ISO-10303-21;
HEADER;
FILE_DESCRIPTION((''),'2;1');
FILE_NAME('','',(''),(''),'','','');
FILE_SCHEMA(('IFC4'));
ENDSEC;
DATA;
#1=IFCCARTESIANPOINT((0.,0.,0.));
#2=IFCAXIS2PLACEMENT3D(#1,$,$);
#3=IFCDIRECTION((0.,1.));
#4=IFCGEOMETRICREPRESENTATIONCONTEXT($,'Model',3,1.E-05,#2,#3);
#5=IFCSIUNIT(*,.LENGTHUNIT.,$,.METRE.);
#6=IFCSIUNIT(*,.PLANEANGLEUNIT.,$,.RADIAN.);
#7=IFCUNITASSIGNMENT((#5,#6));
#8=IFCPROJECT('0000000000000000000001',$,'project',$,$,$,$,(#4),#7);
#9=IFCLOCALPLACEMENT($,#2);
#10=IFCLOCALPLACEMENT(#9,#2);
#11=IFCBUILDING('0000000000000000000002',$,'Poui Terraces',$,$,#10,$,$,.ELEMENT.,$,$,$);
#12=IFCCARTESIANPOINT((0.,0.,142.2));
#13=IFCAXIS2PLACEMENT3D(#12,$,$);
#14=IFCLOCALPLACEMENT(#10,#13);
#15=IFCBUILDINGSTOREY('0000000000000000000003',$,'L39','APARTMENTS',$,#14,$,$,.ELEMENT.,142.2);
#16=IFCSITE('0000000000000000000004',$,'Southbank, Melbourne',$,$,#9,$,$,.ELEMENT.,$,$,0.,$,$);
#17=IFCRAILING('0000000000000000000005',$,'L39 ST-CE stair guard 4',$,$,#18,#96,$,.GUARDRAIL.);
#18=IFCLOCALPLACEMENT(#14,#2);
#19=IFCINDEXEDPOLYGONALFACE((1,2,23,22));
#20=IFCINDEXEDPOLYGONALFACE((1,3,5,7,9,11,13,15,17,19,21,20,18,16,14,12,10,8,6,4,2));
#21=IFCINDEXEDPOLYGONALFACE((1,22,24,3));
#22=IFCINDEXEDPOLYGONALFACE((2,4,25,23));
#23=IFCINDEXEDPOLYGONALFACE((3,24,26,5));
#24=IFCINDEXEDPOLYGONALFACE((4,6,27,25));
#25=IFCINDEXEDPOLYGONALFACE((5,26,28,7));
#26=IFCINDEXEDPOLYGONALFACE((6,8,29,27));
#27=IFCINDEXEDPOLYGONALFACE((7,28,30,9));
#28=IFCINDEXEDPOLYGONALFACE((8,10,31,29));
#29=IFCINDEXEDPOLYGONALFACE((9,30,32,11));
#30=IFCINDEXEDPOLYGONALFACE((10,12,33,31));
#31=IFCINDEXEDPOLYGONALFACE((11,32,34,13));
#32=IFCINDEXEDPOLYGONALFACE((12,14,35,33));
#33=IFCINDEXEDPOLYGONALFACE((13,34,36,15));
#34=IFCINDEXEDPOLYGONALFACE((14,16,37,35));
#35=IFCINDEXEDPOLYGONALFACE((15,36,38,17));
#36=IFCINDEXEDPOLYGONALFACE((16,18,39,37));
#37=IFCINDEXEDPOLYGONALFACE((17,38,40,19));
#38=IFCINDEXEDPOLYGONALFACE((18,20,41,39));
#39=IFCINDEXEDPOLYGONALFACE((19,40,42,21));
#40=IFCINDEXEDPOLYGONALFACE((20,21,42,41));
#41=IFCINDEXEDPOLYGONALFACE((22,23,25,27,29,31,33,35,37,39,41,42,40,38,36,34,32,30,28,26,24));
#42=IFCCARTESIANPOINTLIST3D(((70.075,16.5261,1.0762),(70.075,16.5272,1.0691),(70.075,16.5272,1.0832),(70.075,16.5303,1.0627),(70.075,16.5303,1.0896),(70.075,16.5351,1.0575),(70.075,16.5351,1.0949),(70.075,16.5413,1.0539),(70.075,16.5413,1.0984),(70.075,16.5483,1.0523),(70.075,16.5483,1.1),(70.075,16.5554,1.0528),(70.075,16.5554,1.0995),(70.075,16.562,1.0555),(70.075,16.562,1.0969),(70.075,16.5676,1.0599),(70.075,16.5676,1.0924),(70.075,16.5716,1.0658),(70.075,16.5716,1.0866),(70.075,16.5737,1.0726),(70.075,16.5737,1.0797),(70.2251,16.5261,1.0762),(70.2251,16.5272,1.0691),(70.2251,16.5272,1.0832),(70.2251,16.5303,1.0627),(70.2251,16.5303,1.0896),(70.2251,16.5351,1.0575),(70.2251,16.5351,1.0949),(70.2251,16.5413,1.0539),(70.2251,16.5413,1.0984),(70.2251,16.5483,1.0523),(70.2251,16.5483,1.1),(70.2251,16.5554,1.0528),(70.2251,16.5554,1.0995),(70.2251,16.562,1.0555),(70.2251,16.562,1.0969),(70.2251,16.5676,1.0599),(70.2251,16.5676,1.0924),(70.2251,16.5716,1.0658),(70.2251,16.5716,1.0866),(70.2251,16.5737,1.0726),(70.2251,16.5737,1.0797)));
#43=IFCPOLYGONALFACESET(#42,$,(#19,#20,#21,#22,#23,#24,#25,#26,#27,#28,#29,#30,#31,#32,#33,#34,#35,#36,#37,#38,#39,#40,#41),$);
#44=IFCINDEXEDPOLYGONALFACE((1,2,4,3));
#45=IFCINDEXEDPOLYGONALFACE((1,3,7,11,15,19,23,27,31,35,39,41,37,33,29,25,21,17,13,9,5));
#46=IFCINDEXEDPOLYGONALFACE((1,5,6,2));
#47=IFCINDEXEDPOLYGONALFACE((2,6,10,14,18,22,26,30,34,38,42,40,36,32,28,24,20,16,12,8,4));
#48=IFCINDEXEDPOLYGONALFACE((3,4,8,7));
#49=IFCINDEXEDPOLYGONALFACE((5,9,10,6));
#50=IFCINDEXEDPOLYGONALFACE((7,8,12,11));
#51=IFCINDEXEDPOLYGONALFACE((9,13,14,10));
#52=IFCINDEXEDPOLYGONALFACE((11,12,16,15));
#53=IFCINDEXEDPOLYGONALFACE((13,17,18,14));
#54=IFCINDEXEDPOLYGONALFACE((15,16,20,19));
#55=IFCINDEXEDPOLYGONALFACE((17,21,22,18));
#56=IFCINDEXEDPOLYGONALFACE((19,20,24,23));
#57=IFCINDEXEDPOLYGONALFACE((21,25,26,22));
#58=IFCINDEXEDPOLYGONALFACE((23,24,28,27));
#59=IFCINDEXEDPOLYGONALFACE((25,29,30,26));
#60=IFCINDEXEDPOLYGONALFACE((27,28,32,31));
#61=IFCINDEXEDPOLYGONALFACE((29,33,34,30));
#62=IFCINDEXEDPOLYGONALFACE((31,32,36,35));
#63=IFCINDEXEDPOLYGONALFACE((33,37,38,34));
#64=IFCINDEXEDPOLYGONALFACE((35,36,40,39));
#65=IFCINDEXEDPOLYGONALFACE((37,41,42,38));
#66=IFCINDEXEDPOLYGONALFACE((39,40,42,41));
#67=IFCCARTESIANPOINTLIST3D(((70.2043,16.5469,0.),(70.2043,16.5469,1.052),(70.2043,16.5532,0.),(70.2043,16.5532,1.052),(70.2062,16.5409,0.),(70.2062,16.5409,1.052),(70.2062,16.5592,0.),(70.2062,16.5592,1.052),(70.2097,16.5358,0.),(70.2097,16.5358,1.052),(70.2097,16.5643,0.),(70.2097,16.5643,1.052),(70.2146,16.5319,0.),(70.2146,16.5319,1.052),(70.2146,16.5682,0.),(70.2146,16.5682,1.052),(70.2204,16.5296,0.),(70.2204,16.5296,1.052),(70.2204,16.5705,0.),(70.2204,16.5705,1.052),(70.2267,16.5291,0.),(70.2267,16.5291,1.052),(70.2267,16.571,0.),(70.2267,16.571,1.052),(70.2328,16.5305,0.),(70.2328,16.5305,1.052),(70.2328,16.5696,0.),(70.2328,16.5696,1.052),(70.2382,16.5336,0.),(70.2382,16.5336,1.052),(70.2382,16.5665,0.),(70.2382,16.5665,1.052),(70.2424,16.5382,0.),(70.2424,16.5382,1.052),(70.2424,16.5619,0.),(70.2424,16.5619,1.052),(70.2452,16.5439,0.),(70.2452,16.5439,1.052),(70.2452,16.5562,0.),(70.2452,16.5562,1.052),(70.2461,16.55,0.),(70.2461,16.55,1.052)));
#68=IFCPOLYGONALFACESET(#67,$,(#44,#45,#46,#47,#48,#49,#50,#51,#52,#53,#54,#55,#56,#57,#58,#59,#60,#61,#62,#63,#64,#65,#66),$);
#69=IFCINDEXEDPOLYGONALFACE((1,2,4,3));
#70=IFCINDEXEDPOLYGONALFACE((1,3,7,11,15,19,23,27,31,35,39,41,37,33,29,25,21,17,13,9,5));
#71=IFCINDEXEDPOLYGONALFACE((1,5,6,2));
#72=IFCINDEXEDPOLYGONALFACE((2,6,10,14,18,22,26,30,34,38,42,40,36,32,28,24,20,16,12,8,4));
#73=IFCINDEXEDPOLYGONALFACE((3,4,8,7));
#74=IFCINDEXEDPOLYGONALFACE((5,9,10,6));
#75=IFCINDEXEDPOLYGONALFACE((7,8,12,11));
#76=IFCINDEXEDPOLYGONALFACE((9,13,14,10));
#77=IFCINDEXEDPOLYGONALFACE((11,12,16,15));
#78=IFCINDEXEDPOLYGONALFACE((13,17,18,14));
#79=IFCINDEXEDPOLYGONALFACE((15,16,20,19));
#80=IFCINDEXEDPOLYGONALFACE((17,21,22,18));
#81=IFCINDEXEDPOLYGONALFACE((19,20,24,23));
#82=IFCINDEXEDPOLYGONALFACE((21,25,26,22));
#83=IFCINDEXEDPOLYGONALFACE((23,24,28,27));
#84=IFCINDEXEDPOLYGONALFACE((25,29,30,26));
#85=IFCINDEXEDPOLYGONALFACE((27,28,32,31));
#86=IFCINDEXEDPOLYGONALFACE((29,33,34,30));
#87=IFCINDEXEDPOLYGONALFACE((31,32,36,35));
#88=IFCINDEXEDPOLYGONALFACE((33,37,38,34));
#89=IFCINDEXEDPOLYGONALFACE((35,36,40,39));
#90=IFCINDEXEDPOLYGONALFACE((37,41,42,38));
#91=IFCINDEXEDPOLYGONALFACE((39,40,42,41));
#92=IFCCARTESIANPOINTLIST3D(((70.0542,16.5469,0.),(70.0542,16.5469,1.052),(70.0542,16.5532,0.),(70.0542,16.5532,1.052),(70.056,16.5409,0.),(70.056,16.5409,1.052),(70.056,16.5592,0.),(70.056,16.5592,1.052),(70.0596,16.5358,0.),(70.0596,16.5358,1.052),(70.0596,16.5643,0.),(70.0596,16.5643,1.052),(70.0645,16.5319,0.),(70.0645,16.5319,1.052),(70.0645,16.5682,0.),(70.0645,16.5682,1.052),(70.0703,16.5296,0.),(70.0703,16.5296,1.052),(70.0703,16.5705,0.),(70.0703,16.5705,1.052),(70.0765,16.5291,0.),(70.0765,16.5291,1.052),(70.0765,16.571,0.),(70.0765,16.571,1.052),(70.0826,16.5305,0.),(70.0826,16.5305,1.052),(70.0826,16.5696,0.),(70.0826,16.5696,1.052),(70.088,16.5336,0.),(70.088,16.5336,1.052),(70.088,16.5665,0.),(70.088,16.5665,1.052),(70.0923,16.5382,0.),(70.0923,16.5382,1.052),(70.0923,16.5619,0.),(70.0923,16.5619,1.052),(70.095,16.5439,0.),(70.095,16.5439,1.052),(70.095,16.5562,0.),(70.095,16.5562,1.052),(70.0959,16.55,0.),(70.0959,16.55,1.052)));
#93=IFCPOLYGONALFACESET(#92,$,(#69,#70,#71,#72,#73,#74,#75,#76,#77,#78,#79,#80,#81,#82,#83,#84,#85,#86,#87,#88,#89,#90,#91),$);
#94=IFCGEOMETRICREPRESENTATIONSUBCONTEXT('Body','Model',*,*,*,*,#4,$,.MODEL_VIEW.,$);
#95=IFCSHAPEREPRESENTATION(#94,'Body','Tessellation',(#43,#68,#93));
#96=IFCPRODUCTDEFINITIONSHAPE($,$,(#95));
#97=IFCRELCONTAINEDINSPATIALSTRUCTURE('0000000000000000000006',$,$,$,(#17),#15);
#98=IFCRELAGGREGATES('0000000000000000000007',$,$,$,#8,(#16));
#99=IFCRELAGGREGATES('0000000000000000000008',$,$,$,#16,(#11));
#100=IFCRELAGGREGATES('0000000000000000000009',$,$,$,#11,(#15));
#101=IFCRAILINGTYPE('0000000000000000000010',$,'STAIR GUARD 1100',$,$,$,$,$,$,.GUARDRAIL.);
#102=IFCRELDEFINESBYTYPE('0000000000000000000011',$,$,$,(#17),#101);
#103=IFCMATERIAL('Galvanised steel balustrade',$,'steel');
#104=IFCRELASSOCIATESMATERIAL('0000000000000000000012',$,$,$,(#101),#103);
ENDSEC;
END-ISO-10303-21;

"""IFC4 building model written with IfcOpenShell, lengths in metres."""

from ifc_helpers import new_model, si_unit, direction, frame, origin, origin_2d, place, context, subcontext, project, spatial, circle, extrude, material, type_object, element, save


model = new_model("IFC4")

# Units and contexts
model_context = context("Model", 3, precision=1e-05, world=origin(), true_north=direction((0.0, 1.0)))
body_context = subcontext(model_context, "Body", "Model", "MODEL_VIEW")
ifc_project = project(units=[si_unit("LENGTHUNIT", "METRE"), si_unit("PLANEANGLEUNIT", "RADIAN")], contexts=[model_context])

# Site, building, storey
site_placement = place(None, origin())
site = spatial("IfcSite", under=ifc_project, at=site_placement, Name="Southbank, Melbourne", CompositionType="ELEMENT", RefElevation=0.0)
building_placement = place(site_placement, origin())
building = spatial("IfcBuilding", under=site, at=building_placement, Name="Poui Terraces", CompositionType="ELEMENT")
storey_placement = place(building_placement, frame((0.0, 0.0, 142.2)))
storey = spatial("IfcBuildingStorey", under=building, at=storey_placement, Name="L39", Description="APARTMENTS", CompositionType="ELEMENT", Elevation=142.2)

# Railing
ifc_material_1 = material(Name="Galvanised steel balustrade", Category="steel")
railing_type_1 = type_object("IfcRailingType", Name="STAIR GUARD 1100", PredefinedType="GUARDRAIL", material=ifc_material_1)
railing_1_placement = place(storey_placement, frame((70.2251, 16.55, 0.0)))
element("IfcRailing", 1, at=railing_1_placement, inside=storey, type_object=railing_type_1, Name="L39 ST-CE stair guard 4", PredefinedType="GUARDRAIL", context=body_context, shape_type="SweptSolid", body=[
    extrude(circle(Radius=0.0239, at=origin_2d()), frame((0.0, 0.0, 1.0762), z_axis=(-1.0, 0.0, 0.0), x_axis=(0.0, -1.0, 0.0)), (0.0, 0.0, 1.0), 0.1501),
    extrude(circle(Radius=0.021, at=origin_2d()), origin(), (0.0, 0.0, 1.0), 1.052),
    extrude(circle(Radius=0.021, at=origin_2d()), frame((-0.1501, 0.0, 0.0)), (0.0, 0.0, 1.0), 1.052),
])

save(model, "model.ifc")
